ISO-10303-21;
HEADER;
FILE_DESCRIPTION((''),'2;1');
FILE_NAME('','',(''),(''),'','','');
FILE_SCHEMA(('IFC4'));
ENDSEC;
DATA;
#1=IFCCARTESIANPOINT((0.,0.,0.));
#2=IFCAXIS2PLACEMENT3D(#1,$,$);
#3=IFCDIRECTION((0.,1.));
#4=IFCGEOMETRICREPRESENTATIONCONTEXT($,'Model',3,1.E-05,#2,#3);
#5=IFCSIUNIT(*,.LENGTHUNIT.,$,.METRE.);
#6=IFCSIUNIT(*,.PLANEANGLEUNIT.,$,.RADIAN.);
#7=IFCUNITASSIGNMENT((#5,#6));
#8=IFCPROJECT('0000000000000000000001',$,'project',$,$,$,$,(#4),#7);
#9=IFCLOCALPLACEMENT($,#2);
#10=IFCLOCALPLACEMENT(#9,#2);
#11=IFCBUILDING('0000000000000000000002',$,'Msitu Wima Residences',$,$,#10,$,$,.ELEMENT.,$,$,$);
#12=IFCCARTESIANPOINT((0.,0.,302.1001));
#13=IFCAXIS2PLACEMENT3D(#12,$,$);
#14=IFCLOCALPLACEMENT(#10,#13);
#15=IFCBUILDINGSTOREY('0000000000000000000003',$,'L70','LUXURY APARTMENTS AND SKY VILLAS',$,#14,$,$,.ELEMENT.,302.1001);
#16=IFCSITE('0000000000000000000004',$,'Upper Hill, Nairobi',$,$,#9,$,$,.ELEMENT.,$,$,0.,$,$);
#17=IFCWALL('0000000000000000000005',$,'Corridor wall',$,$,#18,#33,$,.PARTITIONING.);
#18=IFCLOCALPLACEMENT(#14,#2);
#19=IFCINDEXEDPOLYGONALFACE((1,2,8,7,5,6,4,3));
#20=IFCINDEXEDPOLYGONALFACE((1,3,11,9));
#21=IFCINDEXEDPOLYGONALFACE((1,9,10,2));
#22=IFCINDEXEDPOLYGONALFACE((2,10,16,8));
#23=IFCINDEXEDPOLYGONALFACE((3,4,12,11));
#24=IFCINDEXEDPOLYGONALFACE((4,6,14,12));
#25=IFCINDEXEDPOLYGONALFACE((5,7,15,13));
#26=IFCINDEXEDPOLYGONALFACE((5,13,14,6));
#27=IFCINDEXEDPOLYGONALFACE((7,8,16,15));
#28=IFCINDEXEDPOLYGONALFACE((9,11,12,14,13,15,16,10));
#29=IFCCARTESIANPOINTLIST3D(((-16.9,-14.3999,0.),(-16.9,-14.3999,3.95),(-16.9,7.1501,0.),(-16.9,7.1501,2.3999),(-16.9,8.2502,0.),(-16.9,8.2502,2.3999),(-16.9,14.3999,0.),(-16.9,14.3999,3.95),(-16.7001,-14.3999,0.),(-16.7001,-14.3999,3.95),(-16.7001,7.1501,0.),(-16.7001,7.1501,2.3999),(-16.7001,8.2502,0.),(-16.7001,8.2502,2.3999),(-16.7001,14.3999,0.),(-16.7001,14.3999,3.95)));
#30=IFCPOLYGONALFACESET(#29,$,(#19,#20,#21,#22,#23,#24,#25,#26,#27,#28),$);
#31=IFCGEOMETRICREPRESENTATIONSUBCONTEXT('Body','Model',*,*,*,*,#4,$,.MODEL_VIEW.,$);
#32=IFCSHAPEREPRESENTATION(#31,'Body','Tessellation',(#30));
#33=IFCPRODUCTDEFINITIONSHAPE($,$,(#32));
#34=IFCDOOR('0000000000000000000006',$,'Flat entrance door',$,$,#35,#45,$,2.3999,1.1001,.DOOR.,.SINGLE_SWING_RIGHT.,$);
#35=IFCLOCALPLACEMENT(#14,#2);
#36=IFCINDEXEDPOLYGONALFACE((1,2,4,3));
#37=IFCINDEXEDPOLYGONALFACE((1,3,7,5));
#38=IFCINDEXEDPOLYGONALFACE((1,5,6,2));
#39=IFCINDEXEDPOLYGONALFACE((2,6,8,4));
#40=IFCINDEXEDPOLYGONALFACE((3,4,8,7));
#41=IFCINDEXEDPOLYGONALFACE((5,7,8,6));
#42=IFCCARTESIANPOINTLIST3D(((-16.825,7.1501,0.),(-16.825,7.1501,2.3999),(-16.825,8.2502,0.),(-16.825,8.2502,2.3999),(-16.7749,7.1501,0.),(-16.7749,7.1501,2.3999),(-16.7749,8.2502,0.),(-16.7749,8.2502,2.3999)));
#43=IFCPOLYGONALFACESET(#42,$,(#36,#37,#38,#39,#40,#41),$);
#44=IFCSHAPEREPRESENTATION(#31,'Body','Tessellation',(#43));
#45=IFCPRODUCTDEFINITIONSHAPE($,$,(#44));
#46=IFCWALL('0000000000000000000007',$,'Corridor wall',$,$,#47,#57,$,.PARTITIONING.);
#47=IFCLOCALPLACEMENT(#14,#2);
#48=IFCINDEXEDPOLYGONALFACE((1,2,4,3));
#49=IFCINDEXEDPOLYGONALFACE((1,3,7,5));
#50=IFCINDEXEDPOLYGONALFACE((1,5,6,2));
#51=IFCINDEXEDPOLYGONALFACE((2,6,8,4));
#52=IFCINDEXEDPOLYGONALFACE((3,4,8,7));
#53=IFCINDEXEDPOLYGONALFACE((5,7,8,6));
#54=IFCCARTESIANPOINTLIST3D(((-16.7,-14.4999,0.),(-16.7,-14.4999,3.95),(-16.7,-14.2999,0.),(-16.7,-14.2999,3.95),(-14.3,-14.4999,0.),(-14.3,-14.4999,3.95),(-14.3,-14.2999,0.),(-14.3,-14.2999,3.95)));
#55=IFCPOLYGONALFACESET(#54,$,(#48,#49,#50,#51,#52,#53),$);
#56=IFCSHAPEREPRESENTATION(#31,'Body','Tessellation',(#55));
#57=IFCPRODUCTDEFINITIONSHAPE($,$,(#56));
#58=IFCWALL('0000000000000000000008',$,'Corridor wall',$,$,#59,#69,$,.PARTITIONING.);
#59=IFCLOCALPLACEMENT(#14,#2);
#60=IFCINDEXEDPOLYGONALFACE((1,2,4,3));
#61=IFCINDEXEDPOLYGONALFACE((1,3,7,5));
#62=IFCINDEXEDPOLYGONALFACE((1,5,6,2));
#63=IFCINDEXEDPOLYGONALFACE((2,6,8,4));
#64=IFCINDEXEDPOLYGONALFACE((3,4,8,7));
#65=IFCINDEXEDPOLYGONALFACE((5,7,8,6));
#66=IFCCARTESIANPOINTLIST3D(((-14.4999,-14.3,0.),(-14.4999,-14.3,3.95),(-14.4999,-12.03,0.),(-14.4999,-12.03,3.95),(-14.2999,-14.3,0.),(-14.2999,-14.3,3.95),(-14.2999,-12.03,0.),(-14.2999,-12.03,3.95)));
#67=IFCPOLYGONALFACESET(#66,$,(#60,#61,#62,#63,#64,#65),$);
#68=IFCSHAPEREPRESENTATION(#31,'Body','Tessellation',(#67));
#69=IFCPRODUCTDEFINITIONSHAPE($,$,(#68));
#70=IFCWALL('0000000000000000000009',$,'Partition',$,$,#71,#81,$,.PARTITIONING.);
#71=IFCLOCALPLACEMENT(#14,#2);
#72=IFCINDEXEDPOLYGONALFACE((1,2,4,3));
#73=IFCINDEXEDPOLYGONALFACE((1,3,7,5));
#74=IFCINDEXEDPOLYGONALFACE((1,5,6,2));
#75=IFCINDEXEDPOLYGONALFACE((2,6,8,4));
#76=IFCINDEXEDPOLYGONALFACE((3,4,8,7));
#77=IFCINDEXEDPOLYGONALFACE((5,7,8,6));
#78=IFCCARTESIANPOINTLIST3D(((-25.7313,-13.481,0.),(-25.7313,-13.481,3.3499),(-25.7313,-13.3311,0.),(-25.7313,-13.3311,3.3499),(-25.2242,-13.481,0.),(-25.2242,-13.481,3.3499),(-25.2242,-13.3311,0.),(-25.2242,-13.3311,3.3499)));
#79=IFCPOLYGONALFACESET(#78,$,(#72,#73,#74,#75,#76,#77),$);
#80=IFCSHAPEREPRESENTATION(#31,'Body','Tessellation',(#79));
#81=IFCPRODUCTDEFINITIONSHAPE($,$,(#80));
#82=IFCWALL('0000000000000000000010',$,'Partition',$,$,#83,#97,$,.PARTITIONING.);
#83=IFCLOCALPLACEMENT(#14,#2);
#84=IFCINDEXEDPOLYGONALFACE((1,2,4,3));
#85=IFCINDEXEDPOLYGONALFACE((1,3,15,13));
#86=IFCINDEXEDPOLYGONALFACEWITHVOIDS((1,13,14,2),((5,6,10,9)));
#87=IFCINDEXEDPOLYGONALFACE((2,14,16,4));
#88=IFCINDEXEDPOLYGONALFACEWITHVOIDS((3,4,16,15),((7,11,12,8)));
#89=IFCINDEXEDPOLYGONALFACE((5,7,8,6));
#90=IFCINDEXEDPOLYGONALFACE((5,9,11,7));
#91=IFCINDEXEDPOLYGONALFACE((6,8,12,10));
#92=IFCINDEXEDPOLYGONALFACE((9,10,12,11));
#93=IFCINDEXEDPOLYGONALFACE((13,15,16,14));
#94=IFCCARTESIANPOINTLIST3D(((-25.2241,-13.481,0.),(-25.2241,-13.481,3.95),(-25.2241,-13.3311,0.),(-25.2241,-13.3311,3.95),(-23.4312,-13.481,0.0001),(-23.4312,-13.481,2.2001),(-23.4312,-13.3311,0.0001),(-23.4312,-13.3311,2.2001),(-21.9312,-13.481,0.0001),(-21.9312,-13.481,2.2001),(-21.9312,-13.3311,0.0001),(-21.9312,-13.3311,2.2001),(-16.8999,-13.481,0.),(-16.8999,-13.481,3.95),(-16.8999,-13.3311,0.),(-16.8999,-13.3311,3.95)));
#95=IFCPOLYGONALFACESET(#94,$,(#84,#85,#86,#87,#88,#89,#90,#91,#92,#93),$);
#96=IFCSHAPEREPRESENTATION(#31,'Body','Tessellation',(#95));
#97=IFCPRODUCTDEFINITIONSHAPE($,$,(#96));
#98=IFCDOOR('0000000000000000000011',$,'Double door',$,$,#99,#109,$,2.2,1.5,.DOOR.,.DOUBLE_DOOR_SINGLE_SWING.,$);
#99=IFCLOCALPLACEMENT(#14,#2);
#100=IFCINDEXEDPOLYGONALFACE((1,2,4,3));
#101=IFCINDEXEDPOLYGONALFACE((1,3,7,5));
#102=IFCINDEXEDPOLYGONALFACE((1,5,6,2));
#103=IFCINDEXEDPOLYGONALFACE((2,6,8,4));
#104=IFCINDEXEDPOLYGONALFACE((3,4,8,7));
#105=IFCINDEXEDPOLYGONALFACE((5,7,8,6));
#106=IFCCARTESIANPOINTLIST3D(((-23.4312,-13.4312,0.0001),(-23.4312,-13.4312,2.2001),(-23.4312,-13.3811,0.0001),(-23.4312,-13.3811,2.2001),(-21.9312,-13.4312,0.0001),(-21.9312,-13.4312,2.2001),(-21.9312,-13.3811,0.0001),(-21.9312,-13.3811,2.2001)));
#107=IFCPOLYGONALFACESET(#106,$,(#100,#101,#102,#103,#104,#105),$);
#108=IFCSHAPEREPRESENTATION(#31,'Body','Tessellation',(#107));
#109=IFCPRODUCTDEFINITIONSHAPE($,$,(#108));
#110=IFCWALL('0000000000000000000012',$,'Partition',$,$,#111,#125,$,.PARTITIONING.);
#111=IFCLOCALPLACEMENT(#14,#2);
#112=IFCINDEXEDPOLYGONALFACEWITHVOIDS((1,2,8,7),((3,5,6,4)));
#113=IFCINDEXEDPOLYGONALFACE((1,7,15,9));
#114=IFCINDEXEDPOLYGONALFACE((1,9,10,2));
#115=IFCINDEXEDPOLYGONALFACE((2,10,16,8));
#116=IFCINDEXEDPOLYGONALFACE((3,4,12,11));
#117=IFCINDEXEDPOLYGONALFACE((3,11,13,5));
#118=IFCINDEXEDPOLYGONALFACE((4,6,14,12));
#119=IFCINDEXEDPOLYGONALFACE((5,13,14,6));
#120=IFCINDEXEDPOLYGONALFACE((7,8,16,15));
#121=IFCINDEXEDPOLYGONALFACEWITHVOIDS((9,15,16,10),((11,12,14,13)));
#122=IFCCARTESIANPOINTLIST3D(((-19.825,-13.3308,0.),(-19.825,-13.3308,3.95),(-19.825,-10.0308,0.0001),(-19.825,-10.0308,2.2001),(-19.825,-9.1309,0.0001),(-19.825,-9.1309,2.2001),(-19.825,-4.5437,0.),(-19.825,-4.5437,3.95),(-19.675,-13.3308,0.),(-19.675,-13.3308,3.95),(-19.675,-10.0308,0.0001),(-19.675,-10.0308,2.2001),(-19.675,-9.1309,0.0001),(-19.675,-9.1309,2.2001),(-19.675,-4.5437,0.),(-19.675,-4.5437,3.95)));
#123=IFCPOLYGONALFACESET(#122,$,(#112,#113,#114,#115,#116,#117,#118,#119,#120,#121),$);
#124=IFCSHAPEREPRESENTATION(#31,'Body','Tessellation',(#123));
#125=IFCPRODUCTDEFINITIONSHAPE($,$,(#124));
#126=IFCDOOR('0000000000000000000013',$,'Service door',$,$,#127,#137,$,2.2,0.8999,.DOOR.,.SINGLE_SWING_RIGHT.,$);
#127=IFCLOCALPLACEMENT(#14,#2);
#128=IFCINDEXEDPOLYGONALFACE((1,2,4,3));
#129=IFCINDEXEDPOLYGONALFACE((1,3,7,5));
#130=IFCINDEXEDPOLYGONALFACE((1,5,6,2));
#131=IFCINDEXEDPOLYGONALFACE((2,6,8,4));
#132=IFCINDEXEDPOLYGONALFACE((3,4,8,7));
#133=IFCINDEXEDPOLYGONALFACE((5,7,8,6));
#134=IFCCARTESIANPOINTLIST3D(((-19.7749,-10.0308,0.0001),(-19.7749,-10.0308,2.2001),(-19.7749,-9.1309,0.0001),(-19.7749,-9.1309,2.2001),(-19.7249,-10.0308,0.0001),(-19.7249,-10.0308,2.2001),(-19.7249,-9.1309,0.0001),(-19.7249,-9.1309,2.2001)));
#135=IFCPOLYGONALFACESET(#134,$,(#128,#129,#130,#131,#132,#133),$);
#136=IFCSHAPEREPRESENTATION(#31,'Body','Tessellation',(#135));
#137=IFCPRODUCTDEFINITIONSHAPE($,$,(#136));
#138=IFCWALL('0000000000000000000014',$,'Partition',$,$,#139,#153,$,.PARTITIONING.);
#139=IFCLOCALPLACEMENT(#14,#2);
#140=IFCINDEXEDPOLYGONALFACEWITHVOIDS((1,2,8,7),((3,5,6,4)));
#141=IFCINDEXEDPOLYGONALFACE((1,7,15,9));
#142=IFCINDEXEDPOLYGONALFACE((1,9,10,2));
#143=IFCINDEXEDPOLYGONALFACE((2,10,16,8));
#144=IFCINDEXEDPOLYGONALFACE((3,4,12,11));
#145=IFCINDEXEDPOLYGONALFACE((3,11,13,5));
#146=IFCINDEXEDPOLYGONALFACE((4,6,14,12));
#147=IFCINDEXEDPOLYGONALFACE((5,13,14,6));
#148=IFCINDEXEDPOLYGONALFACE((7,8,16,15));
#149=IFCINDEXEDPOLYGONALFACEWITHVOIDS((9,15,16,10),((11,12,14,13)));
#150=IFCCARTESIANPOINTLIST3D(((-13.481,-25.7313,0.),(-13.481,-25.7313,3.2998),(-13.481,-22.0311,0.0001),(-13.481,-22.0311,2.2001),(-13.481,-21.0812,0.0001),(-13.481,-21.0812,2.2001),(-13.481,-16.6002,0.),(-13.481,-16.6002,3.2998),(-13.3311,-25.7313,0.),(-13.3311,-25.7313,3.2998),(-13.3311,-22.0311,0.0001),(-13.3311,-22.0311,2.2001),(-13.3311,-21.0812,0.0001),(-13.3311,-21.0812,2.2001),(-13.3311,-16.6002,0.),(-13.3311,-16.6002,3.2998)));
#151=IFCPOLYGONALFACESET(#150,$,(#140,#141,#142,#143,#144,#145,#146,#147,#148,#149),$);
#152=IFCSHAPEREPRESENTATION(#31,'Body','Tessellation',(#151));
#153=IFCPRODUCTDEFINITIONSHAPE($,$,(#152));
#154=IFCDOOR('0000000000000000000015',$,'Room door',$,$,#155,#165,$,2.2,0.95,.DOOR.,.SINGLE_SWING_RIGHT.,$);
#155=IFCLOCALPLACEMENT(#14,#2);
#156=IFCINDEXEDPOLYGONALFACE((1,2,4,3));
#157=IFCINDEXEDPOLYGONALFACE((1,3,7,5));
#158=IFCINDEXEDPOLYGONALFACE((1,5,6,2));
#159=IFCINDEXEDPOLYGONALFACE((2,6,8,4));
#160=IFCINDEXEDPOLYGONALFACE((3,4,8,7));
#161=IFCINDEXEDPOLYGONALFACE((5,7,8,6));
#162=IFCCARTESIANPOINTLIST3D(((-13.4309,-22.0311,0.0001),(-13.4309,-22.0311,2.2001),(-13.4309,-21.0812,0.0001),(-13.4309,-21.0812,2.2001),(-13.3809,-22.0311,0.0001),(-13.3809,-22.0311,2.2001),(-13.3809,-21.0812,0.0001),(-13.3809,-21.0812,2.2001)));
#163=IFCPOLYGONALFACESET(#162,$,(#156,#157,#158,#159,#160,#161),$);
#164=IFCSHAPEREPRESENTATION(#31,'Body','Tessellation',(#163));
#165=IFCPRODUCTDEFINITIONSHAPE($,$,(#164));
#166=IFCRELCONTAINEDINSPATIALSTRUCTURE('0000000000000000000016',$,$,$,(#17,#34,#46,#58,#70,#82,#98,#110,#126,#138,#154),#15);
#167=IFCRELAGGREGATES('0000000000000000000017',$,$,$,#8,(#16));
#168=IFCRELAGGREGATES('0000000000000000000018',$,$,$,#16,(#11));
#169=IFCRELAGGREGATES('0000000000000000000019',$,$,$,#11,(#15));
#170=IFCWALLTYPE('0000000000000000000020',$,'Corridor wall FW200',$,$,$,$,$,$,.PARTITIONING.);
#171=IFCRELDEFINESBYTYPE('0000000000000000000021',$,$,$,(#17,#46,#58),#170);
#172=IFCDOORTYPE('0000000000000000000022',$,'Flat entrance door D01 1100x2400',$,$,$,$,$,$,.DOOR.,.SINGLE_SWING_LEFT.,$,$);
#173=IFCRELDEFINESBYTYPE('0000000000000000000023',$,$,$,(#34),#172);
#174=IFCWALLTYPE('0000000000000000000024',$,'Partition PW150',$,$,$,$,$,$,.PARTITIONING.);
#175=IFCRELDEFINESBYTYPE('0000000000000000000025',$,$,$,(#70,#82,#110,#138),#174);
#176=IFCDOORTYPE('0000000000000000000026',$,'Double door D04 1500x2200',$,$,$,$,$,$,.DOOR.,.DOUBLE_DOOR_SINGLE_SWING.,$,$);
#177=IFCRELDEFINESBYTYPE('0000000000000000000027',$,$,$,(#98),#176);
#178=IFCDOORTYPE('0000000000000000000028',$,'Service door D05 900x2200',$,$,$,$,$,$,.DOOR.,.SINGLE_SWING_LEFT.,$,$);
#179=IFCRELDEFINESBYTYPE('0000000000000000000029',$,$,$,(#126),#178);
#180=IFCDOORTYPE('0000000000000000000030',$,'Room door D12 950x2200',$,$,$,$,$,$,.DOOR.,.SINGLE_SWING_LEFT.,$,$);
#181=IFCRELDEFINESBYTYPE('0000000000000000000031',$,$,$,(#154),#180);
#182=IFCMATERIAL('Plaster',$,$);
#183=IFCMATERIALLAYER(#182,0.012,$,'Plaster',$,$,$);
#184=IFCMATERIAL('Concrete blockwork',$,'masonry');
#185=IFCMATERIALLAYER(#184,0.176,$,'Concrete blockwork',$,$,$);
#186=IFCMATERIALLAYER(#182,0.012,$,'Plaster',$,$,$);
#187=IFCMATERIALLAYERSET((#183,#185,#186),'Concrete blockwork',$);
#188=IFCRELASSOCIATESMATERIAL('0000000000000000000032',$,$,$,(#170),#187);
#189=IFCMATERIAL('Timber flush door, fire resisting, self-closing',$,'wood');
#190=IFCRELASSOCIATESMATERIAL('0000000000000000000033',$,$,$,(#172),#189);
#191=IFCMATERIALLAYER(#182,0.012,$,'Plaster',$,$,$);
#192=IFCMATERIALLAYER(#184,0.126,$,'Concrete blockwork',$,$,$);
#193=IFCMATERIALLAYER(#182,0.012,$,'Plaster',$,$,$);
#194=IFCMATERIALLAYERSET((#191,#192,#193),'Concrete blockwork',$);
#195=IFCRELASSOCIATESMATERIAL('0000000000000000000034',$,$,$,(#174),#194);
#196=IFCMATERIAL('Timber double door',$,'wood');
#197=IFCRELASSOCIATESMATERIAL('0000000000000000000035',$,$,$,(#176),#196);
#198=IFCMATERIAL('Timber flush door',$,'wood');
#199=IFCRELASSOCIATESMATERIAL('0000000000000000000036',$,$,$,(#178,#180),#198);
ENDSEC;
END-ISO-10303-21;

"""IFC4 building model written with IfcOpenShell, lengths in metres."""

from ifc_helpers import new_model, si_unit, direction, frame, frame_2d, origin, place, context, subcontext, project, spatial, rectangle, extrude, material, layer, layer_set, type_object, element, fill, save


model = new_model("IFC4")

# Units and contexts
model_context = context("Model", 3, precision=1e-05, world=origin(), true_north=direction((0.0, 1.0)))
body_context = subcontext(model_context, "Body", "Model", "MODEL_VIEW")
ifc_project = project(units=[si_unit("LENGTHUNIT", "METRE"), si_unit("PLANEANGLEUNIT", "RADIAN")], contexts=[model_context])

# Site, building, storey
site_placement = place(None, origin())
site = spatial("IfcSite", under=ifc_project, at=site_placement, Name="Upper Hill, Nairobi", CompositionType="ELEMENT", RefElevation=0.0)
building_placement = place(site_placement, origin())
building = spatial("IfcBuilding", under=site, at=building_placement, Name="Msitu Wima Residences", CompositionType="ELEMENT")
storey_placement = place(building_placement, frame((0.0, 0.0, 302.1001)))
storey = spatial("IfcBuildingStorey", under=building, at=storey_placement, Name="L70", Description="LUXURY APARTMENTS AND SKY VILLAS", CompositionType="ELEMENT", Elevation=302.1001)

# Wall, opening, door
ifc_material_1 = material(Name="Plaster")
ifc_layer_1 = layer(ifc_material_1, 0.012, Name="Plaster")
ifc_material_2 = material(Name="Concrete blockwork", Category="masonry")
ifc_layer_2 = layer(ifc_material_2, 0.176, Name="Concrete blockwork")
ifc_layer_3 = layer(ifc_material_1, 0.012, Name="Plaster")
ifc_layer_set_1 = layer_set([ifc_layer_1, ifc_layer_2, ifc_layer_3], Name="Concrete blockwork")
wall_type_1 = type_object("IfcWallType", Name="Corridor wall FW200", PredefinedType="PARTITIONING", material=ifc_layer_set_1)
wall_1_placement = place(storey_placement, frame((-16.8, -14.3999, 0.0), z_axis=(0.0, 0.0, 1.0), x_axis=(0.0, 1.0, 0.0)))
wall_1 = element("IfcWall", 1, at=wall_1_placement, inside=storey, type_object=wall_type_1, Name="Corridor wall", PredefinedType="PARTITIONING", context=body_context, shape_type="SweptSolid", body=[
    extrude(rectangle(XDim=28.7998, YDim=0.2, at=frame_2d((14.3999, 0.0))), origin(), (0.0, 0.0, 1.0), 3.95),
])
opening_1_placement = place(wall_1_placement, frame((21.55, 0.0, 0.0)))
opening_1 = element("IfcOpeningElement", 2, at=opening_1_placement, cuts=wall_1, PredefinedType="OPENING", context=body_context, shape_type="SweptSolid", body=[
    extrude(rectangle(XDim=1.1001, YDim=2.3999, at=frame_2d((0.55, 1.2))), frame((0.0, 0.1099, 0.0), z_axis=(0.0, -1.0, 0.0), x_axis=(1.0, 0.0, 0.0)), (0.0, 0.0, 1.0), 0.22),
])
ifc_material_3 = material(Name="Timber flush door, fire resisting, self-closing", Category="wood")
door_type_1 = type_object("IfcDoorType", Name="Flat entrance door D01 1100x2400", OperationType="SINGLE_SWING_LEFT", PredefinedType="DOOR", material=ifc_material_3)
door_1_placement = place(opening_1_placement, origin())
door_1 = element("IfcDoor", 3, at=door_1_placement, inside=storey, type_object=door_type_1, Name="Flat entrance door", OperationType="SINGLE_SWING_RIGHT", OverallHeight=2.3999, OverallWidth=1.1001, PredefinedType="DOOR", context=body_context, shape_type="SweptSolid", body=[
    extrude(rectangle(XDim=1.1001, YDim=2.3999, at=frame_2d((0.55, 1.2))), frame((0.0, 0.0249, 0.0), z_axis=(0.0, -1.0, 0.0), x_axis=(1.0, 0.0, 0.0)), (0.0, 0.0, 1.0), 0.05),
])
fill(opening_1, door_1)

# Walls
wall_2_placement = place(storey_placement, frame((-16.7, -14.3999, 0.0), z_axis=(0.0, 0.0, 1.0), x_axis=(1.0, 0.0, 0.0)))
element("IfcWall", 4, at=wall_2_placement, inside=storey, type_object=wall_type_1, Name="Corridor wall", PredefinedType="PARTITIONING", context=body_context, shape_type="SweptSolid", body=[
    extrude(rectangle(XDim=2.3999, YDim=0.2, at=frame_2d((1.2, 0.0))), origin(), (0.0, 0.0, 1.0), 3.95),
])
wall_3_placement = place(storey_placement, frame((-14.3999, -14.3, 0.0), z_axis=(0.0, 0.0, 1.0), x_axis=(0.0, 1.0, 0.0)))
element("IfcWall", 5, at=wall_3_placement, inside=storey, type_object=wall_type_1, Name="Corridor wall", PredefinedType="PARTITIONING", context=body_context, shape_type="SweptSolid", body=[
    extrude(rectangle(XDim=2.27, YDim=0.2, at=frame_2d((1.135, 0.0))), origin(), (0.0, 0.0, 1.0), 3.95),
])
ifc_layer_4 = layer(ifc_material_1, 0.012, Name="Plaster")
ifc_layer_5 = layer(ifc_material_2, 0.126, Name="Concrete blockwork")
ifc_layer_6 = layer(ifc_material_1, 0.012, Name="Plaster")
ifc_layer_set_2 = layer_set([ifc_layer_4, ifc_layer_5, ifc_layer_6], Name="Concrete blockwork")
wall_type_2 = type_object("IfcWallType", Name="Partition PW150", PredefinedType="PARTITIONING", material=ifc_layer_set_2)
wall_4_placement = place(storey_placement, frame((-25.7312, -13.406, 0.0), z_axis=(0.0, 0.0, 1.0), x_axis=(1.0, 0.0, 0.0)))
element("IfcWall", 6, at=wall_4_placement, inside=storey, type_object=wall_type_2, Name="Partition", PredefinedType="PARTITIONING", context=body_context, shape_type="SweptSolid", body=[
    extrude(rectangle(XDim=0.5071, YDim=0.1499, at=frame_2d((0.2534, 0.0))), origin(), (0.0, 0.0, 1.0), 3.3499),
])

# Walls, openings, doors
wall_5_placement = place(storey_placement, frame((-25.2241, -13.406, 0.0), z_axis=(0.0, 0.0, 1.0), x_axis=(1.0, 0.0, 0.0)))
wall_5 = element("IfcWall", 7, at=wall_5_placement, inside=storey, type_object=wall_type_2, Name="Partition", PredefinedType="PARTITIONING", context=body_context, shape_type="SweptSolid", body=[
    extrude(rectangle(XDim=8.3242, YDim=0.1499, at=frame_2d((4.1621, 0.0))), origin(), (0.0, 0.0, 1.0), 3.95),
])
opening_2_placement = place(wall_5_placement, frame((1.793, 0.0, 0.0)))
opening_2 = element("IfcOpeningElement", 8, at=opening_2_placement, cuts=wall_5, PredefinedType="OPENING", context=body_context, shape_type="SweptSolid", body=[
    extrude(rectangle(XDim=1.5, YDim=2.2, at=frame_2d((0.75, 1.1001))), frame((0.0, 0.085, 0.0), z_axis=(0.0, -1.0, 0.0), x_axis=(1.0, 0.0, 0.0)), (0.0, 0.0, 1.0), 0.1699),
])
ifc_material_4 = material(Name="Timber double door", Category="wood")
door_type_2 = type_object("IfcDoorType", Name="Double door D04 1500x2200", OperationType="DOUBLE_DOOR_SINGLE_SWING", PredefinedType="DOOR", material=ifc_material_4)
door_2_placement = place(opening_2_placement, origin())
door_2 = element("IfcDoor", 9, at=door_2_placement, inside=storey, type_object=door_type_2, Name="Double door", OperationType="DOUBLE_DOOR_SINGLE_SWING", OverallHeight=2.2, OverallWidth=1.5, PredefinedType="DOOR", context=body_context, shape_type="SweptSolid", body=[
    extrude(rectangle(XDim=1.5, YDim=2.2, at=frame_2d((0.75, 1.1001))), frame((0.0, 0.0249, 0.0), z_axis=(0.0, -1.0, 0.0), x_axis=(1.0, 0.0, 0.0)), (0.0, 0.0, 1.0), 0.05),
])
fill(opening_2, door_2)
wall_6_placement = place(storey_placement, frame((-19.75, -13.3308, 0.0), z_axis=(0.0, 0.0, 1.0), x_axis=(0.0, 1.0, 0.0)))
wall_6 = element("IfcWall", 10, at=wall_6_placement, inside=storey, type_object=wall_type_2, Name="Partition", PredefinedType="PARTITIONING", context=body_context, shape_type="SweptSolid", body=[
    extrude(rectangle(XDim=8.7871, YDim=0.1499, at=frame_2d((4.3936, 0.0))), origin(), (0.0, 0.0, 1.0), 3.95),
])
opening_3_placement = place(wall_6_placement, frame((3.3, 0.0, 0.0)))
opening_3 = element("IfcOpeningElement", 11, at=opening_3_placement, cuts=wall_6, PredefinedType="OPENING", context=body_context, shape_type="SweptSolid", body=[
    extrude(rectangle(XDim=0.8999, YDim=2.2, at=frame_2d((0.45, 1.1001))), frame((0.0, 0.085, 0.0), z_axis=(0.0, -1.0, 0.0), x_axis=(1.0, 0.0, 0.0)), (0.0, 0.0, 1.0), 0.1699),
])
ifc_material_5 = material(Name="Timber flush door", Category="wood")
door_type_3 = type_object("IfcDoorType", Name="Service door D05 900x2200", OperationType="SINGLE_SWING_LEFT", PredefinedType="DOOR", material=ifc_material_5)
door_3_placement = place(opening_3_placement, origin())
door_3 = element("IfcDoor", 12, at=door_3_placement, inside=storey, type_object=door_type_3, Name="Service door", OperationType="SINGLE_SWING_RIGHT", OverallHeight=2.2, OverallWidth=0.8999, PredefinedType="DOOR", context=body_context, shape_type="SweptSolid", body=[
    extrude(rectangle(XDim=0.8999, YDim=2.2, at=frame_2d((0.45, 1.1001))), frame((0.0, 0.0249, 0.0), z_axis=(0.0, -1.0, 0.0), x_axis=(1.0, 0.0, 0.0)), (0.0, 0.0, 1.0), 0.05),
])
fill(opening_3, door_3)
wall_7_placement = place(storey_placement, frame((-13.406, -25.7312, 0.0), z_axis=(0.0, 0.0, 1.0), x_axis=(0.0, 1.0, 0.0)))
wall_7 = element("IfcWall", 13, at=wall_7_placement, inside=storey, type_object=wall_type_2, Name="Partition", PredefinedType="PARTITIONING", context=body_context, shape_type="SweptSolid", body=[
    extrude(rectangle(XDim=9.1311, YDim=0.1499, at=frame_2d((4.5654, 0.0))), origin(), (0.0, 0.0, 1.0), 3.2998),
])
opening_4_placement = place(wall_7_placement, frame((3.7, 0.0, 0.0)))
opening_4 = element("IfcOpeningElement", 14, at=opening_4_placement, cuts=wall_7, PredefinedType="OPENING", context=body_context, shape_type="SweptSolid", body=[
    extrude(rectangle(XDim=0.95, YDim=2.2, at=frame_2d((0.4751, 1.1001))), frame((0.0, 0.085, 0.0), z_axis=(0.0, -1.0, 0.0), x_axis=(1.0, 0.0, 0.0)), (0.0, 0.0, 1.0), 0.1699),
])
door_type_4 = type_object("IfcDoorType", Name="Room door D12 950x2200", OperationType="SINGLE_SWING_LEFT", PredefinedType="DOOR", material=ifc_material_5)
door_4_placement = place(opening_4_placement, origin())
door_4 = element("IfcDoor", 15, at=door_4_placement, inside=storey, type_object=door_type_4, Name="Room door", OperationType="SINGLE_SWING_RIGHT", OverallHeight=2.2, OverallWidth=0.95, PredefinedType="DOOR", context=body_context, shape_type="SweptSolid", body=[
    extrude(rectangle(XDim=0.95, YDim=2.2, at=frame_2d((0.4751, 1.1001))), frame((0.0, 0.0249, 0.0), z_axis=(0.0, -1.0, 0.0), x_axis=(1.0, 0.0, 0.0)), (0.0, 0.0, 1.0), 0.05),
])
fill(opening_4, door_4)

save(model, "model.ifc")
